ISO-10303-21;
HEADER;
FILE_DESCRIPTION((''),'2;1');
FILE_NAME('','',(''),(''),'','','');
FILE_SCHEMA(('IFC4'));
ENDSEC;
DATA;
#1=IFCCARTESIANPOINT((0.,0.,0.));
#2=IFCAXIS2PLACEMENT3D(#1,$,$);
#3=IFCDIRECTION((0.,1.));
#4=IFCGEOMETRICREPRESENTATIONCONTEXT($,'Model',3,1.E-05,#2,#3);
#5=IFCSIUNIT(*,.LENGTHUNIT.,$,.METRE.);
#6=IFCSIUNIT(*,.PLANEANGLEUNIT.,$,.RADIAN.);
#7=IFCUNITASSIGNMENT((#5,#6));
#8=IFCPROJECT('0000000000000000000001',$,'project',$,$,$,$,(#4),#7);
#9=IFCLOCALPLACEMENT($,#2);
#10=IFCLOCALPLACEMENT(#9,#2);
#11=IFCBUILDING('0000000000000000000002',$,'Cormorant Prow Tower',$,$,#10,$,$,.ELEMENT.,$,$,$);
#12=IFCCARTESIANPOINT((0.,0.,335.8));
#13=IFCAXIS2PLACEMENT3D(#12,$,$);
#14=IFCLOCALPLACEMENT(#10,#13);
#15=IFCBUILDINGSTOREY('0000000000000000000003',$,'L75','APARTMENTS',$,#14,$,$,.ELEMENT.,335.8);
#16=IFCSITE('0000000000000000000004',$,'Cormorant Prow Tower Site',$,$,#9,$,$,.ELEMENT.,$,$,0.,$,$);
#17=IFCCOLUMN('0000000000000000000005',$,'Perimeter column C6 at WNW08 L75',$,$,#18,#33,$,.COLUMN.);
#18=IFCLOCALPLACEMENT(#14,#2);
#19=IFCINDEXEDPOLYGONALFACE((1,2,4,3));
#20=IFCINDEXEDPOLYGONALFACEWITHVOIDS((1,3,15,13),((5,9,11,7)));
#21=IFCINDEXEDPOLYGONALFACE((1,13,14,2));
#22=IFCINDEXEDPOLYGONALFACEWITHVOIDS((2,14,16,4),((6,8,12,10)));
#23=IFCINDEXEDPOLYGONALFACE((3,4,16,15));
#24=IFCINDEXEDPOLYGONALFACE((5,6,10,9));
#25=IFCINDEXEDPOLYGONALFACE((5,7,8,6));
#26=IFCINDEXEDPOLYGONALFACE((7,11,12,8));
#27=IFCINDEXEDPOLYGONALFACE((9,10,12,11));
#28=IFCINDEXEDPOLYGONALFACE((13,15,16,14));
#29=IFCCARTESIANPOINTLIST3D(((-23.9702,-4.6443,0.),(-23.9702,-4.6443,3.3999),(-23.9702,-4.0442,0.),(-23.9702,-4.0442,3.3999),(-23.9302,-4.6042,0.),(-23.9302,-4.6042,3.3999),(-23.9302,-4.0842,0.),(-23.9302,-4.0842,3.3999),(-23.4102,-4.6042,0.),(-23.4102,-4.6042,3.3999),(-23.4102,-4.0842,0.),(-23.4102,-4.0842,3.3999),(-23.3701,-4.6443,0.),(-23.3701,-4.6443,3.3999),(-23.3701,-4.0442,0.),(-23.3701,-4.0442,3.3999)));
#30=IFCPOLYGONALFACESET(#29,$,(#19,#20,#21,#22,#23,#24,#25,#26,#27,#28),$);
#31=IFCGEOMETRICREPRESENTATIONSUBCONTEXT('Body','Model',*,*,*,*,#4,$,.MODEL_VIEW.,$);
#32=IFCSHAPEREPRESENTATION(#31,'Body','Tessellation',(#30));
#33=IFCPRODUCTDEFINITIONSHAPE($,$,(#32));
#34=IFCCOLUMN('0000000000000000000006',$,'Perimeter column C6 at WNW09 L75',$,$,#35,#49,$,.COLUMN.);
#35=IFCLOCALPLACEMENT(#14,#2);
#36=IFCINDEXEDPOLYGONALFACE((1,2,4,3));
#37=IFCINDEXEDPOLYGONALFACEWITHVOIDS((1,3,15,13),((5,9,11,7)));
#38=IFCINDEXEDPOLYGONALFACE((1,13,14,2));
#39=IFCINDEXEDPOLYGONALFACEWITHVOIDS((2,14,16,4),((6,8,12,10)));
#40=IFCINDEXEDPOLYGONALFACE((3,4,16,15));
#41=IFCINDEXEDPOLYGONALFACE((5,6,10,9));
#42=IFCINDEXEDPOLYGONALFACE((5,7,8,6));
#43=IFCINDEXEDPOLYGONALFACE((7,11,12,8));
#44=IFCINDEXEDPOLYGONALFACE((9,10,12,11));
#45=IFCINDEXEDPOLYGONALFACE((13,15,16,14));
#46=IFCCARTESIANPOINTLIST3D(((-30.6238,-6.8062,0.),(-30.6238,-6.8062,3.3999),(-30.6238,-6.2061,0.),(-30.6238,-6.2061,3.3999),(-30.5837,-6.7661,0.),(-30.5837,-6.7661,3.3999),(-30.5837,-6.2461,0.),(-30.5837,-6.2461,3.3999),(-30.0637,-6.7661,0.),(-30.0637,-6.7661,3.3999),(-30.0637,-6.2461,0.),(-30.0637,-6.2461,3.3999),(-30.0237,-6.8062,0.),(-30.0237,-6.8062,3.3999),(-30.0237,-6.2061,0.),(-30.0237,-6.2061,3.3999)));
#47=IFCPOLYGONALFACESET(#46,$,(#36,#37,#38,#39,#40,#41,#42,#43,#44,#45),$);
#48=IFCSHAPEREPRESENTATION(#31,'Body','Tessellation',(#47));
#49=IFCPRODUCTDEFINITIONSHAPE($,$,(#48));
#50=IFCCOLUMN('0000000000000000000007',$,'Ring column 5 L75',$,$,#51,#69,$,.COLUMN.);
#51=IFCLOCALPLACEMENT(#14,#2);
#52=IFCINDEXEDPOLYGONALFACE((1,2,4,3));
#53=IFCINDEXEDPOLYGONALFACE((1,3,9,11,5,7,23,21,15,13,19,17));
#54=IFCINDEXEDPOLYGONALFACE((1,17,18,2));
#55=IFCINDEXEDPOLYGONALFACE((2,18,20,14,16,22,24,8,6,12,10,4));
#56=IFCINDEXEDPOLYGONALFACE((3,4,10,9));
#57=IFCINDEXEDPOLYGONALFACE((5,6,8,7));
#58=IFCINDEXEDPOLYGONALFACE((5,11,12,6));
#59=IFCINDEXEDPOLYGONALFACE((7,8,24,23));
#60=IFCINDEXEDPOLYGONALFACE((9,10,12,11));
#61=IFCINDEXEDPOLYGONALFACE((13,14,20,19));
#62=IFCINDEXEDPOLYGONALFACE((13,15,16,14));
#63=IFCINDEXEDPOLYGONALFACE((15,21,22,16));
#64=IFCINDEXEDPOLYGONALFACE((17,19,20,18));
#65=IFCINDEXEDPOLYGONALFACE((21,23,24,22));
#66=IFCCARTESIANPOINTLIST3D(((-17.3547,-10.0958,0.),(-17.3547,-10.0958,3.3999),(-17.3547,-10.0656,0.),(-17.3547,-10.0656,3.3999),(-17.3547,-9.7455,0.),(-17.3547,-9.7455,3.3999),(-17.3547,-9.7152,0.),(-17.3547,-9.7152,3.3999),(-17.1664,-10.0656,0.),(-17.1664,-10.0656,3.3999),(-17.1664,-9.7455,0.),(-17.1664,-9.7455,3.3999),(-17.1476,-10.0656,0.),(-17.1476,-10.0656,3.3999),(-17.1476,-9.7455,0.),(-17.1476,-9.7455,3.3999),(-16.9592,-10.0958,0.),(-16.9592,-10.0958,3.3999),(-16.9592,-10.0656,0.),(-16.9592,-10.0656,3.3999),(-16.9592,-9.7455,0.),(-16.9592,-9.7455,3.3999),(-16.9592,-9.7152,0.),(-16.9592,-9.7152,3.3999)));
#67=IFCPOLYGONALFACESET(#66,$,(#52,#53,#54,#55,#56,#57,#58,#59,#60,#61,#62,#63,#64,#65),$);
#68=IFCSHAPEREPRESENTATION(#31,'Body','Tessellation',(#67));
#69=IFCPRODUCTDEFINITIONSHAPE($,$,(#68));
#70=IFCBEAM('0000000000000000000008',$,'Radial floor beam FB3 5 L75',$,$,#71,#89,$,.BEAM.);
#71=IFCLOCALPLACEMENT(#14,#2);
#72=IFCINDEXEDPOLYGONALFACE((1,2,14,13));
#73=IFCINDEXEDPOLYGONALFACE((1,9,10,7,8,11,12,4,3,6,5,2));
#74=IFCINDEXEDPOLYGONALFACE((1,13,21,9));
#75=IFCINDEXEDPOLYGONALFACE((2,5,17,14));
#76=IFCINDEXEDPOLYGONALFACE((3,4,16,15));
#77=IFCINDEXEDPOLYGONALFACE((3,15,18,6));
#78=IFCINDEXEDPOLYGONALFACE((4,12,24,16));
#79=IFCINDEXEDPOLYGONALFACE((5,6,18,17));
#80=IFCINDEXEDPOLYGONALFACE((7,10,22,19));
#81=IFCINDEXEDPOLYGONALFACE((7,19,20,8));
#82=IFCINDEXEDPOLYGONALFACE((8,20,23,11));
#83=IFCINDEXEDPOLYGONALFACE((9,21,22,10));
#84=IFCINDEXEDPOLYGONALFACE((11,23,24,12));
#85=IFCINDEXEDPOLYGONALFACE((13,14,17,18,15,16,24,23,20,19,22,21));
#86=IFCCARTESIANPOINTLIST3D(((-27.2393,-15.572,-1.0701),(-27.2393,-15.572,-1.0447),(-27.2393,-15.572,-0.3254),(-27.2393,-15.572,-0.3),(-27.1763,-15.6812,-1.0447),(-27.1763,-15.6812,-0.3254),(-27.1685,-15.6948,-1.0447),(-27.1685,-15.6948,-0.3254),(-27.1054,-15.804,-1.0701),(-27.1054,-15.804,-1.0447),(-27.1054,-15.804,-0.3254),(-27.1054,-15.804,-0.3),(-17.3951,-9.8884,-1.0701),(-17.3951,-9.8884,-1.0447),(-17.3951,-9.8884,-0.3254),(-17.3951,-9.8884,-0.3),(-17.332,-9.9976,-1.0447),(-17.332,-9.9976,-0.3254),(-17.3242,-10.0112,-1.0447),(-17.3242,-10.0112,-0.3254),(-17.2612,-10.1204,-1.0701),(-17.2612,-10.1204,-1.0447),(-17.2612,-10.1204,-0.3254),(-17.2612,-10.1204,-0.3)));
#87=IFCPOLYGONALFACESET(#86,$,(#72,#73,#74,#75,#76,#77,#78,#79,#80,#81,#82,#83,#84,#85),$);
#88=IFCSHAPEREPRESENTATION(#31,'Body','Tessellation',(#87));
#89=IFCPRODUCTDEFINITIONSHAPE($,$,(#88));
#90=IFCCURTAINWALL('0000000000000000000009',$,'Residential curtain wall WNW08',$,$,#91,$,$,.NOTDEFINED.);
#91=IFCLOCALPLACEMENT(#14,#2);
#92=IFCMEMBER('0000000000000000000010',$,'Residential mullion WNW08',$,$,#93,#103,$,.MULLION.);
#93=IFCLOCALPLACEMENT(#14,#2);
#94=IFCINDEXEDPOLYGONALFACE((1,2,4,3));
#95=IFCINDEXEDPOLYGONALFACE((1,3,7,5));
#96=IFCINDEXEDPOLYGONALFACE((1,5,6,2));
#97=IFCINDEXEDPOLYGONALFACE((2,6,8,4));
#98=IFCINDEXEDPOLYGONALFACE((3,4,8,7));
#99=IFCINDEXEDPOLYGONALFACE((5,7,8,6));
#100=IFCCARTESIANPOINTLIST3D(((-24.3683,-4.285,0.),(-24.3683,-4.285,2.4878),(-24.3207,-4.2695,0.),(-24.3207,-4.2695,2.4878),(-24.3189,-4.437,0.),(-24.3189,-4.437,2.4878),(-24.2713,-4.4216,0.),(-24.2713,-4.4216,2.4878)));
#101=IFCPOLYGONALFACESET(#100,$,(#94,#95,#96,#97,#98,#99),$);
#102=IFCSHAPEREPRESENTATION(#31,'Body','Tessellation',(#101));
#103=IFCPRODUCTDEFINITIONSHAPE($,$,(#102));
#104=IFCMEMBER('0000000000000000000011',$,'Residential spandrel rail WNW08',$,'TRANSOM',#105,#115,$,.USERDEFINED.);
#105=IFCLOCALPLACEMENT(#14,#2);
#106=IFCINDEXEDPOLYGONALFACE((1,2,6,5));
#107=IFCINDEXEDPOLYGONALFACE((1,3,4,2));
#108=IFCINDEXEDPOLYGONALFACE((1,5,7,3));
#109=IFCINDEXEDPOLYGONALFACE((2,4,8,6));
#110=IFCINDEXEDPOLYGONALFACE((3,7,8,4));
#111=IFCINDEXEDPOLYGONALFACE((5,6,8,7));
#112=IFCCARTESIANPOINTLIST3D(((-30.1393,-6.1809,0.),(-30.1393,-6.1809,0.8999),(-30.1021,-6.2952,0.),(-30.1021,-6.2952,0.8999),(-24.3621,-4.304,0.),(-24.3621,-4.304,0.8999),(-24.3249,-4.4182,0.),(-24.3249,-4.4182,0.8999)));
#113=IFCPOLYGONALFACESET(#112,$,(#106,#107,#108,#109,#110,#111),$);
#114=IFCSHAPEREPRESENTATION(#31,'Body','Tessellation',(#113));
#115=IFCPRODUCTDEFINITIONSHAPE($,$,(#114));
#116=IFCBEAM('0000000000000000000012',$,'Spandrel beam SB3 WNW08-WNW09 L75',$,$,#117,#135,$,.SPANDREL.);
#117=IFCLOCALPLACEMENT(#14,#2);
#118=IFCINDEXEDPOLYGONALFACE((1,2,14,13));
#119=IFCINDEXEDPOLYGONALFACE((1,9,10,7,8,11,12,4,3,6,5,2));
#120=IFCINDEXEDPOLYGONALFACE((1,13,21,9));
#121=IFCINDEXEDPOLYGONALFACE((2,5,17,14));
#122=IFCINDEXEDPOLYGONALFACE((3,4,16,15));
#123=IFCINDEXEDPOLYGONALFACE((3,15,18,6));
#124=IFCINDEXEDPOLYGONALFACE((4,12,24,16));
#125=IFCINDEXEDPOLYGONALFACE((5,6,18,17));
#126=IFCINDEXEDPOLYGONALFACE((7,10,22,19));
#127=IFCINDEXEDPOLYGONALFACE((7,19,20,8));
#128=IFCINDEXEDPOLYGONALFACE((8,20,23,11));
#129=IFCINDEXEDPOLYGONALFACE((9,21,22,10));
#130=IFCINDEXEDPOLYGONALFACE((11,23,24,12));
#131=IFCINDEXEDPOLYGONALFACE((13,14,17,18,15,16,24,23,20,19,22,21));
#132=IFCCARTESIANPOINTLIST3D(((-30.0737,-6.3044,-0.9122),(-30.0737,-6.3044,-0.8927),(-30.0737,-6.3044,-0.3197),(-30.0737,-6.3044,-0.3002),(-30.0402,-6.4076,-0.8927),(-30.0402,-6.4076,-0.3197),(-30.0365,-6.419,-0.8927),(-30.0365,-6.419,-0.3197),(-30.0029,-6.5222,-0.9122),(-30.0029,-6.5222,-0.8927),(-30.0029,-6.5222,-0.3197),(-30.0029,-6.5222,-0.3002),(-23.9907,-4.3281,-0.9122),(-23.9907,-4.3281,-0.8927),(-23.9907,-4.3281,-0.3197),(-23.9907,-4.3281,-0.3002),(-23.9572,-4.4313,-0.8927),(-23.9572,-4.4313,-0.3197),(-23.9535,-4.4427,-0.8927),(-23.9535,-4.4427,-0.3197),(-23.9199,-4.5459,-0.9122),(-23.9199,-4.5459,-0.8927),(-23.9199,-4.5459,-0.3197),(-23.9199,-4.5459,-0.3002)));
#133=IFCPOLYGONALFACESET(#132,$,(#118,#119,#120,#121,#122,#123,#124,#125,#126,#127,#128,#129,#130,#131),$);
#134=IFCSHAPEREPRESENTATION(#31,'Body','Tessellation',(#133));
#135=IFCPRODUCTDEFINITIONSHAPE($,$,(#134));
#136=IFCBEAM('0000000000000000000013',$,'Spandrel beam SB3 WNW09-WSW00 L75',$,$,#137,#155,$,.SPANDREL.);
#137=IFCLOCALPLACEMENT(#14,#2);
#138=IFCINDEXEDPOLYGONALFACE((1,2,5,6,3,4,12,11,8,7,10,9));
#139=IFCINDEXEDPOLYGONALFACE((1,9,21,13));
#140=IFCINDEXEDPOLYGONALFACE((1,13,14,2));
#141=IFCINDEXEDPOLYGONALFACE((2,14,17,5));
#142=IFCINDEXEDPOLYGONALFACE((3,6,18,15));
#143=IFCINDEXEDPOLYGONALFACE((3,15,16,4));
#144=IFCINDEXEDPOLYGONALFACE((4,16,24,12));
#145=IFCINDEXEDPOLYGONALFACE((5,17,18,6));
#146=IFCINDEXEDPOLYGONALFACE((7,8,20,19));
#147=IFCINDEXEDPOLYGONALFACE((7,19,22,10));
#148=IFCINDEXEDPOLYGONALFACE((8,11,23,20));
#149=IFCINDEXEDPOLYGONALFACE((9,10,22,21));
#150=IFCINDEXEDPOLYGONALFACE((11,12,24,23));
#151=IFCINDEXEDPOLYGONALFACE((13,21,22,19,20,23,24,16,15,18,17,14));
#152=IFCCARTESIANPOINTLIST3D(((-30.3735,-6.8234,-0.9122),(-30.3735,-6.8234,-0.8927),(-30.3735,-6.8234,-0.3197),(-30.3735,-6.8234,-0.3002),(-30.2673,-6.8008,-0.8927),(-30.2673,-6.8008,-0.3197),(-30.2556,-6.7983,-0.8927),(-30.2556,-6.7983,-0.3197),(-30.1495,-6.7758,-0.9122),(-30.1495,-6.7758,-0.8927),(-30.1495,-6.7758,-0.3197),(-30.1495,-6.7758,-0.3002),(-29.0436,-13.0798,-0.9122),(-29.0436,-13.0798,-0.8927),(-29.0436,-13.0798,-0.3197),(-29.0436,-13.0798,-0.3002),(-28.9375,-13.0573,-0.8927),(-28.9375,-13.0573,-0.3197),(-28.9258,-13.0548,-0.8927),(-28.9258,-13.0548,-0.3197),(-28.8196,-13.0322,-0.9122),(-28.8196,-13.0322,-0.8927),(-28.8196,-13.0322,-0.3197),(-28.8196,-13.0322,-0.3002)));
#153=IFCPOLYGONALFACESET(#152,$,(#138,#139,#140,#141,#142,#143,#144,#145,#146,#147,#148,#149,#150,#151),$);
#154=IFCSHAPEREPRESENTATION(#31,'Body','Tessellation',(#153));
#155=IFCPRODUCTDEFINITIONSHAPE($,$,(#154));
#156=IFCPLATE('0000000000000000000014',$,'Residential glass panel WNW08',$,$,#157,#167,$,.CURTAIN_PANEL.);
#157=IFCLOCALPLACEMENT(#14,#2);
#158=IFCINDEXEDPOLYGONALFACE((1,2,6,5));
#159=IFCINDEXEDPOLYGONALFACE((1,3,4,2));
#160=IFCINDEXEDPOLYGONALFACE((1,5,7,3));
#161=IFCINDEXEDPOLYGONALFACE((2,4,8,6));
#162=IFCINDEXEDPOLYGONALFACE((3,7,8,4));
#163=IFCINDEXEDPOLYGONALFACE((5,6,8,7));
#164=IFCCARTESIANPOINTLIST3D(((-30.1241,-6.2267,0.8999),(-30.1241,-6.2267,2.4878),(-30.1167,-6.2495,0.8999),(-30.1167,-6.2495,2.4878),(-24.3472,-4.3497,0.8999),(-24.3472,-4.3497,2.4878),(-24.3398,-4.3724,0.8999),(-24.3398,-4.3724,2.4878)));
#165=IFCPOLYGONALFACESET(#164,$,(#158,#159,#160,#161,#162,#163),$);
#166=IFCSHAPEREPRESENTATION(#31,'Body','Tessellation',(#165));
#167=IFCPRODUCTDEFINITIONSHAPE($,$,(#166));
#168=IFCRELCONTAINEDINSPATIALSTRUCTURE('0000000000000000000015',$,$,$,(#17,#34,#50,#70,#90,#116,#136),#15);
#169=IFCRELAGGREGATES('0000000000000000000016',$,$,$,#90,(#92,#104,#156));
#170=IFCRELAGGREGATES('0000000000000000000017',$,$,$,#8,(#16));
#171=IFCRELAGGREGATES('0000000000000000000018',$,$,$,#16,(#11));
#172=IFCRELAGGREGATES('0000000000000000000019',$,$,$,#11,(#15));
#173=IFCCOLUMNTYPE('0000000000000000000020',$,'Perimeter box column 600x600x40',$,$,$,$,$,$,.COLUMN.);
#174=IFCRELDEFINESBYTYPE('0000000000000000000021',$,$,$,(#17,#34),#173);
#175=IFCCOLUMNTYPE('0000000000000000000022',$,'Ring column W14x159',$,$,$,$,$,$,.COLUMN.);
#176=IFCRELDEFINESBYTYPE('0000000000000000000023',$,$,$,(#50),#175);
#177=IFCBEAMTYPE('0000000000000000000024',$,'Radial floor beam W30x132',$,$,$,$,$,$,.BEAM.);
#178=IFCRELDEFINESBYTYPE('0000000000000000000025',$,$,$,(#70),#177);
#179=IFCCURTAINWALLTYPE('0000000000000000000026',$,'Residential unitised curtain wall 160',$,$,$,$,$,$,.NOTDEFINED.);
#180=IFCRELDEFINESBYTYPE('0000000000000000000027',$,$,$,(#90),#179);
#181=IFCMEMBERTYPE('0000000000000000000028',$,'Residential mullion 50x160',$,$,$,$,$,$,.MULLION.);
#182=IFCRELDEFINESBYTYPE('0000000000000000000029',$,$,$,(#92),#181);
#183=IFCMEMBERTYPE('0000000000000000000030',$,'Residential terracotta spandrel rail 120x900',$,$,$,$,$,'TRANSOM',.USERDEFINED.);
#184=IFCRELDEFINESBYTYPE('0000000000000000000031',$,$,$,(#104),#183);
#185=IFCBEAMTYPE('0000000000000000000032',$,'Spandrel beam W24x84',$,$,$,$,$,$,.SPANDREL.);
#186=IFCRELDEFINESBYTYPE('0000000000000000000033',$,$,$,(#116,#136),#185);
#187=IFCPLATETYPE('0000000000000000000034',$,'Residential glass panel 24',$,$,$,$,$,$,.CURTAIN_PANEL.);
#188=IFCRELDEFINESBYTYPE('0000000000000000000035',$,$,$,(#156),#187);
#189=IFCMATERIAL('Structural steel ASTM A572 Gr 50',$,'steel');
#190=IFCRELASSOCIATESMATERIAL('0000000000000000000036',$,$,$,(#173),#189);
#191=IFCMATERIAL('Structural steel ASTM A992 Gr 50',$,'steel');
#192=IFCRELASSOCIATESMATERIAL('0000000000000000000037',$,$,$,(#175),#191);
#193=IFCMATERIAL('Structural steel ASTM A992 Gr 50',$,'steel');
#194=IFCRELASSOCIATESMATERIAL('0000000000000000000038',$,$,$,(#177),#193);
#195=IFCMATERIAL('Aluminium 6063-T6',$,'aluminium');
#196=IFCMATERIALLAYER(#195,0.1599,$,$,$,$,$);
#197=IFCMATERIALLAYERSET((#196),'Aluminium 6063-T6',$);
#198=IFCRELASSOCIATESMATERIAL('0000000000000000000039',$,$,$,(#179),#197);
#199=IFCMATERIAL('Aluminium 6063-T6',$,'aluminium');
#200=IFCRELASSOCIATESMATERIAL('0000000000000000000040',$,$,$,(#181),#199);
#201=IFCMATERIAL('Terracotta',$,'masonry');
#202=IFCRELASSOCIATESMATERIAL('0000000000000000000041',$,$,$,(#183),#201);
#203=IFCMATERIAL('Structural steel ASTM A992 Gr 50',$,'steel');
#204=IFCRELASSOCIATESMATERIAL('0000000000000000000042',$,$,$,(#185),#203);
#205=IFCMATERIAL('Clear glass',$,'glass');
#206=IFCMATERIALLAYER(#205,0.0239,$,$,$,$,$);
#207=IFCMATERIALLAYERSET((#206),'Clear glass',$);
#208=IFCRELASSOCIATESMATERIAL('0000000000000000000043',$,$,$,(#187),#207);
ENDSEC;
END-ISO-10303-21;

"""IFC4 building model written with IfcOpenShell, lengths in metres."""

from ifc_helpers import new_model, si_unit, direction, frame, origin, origin_2d, place, context, subcontext, project, spatial, rectangle, hollow_rectangle, i_section, extrude, material, layer, layer_set, material_profile, profile_set, type_object, element, aggregate, save


model = new_model("IFC4")

# Units and contexts
model_context = context("Model", 3, precision=1e-05, world=origin(), true_north=direction((0.0, 1.0)))
body_context = subcontext(model_context, "Body", "Model", "MODEL_VIEW")
ifc_project = project(units=[si_unit("LENGTHUNIT", "METRE"), si_unit("PLANEANGLEUNIT", "RADIAN")], contexts=[model_context])

# Site, building, storey
site_placement = place(None, origin())
site = spatial("IfcSite", under=ifc_project, at=site_placement, Name="Cormorant Prow Tower Site", CompositionType="ELEMENT", RefElevation=0.0)
building_placement = place(site_placement, origin())
building = spatial("IfcBuilding", under=site, at=building_placement, Name="Cormorant Prow Tower", CompositionType="ELEMENT")
storey_placement = place(building_placement, frame((0.0, 0.0, 335.8)))
storey = spatial("IfcBuildingStorey", under=building, at=storey_placement, Name="L75", Description="APARTMENTS", CompositionType="ELEMENT", Elevation=335.8)

# Columns
ifc_material_1 = material(Name="Structural steel ASTM A572 Gr 50", Category="steel")
ifc_material_profile_1 = material_profile(ifc_material_1, hollow_rectangle(XDim=0.6001, YDim=0.6001, WallThickness=0.04, at=origin_2d()), Name="Box 600x600x40")
ifc_profile_set_1 = profile_set([ifc_material_profile_1], Name="Structural steel ASTM A572 Gr 50")
column_type_1 = type_object("IfcColumnType", Name="Perimeter box column 600x600x40", PredefinedType="COLUMN", material=ifc_profile_set_1)
for number, where, z_axis, x_axis, name in (
    (1, (-23.6702, -4.3442, 0.0), (0.0, 0.0, 1.0), (1.0, 0.0, 0.0), "Perimeter column C6 at WNW08 L75"),
    (2, (-30.3237, -6.5061, 0.0), (0.0, 0.0, 1.0), (1.0, 0.0, 0.0), "Perimeter column C6 at WNW09 L75"),
):
    element("IfcColumn", number, at=place(storey_placement, frame(where, z_axis=z_axis, x_axis=x_axis)), inside=storey, type_object=column_type_1, Name=name, PredefinedType="COLUMN", context=body_context, shape_type="SweptSolid", body=[
        extrude(hollow_rectangle(XDim=0.6001, YDim=0.6001, WallThickness=0.04, at=origin_2d()), origin(), (0.0, 0.0, 1.0), 3.3999),
    ])
ifc_material_2 = material(Name="Structural steel ASTM A992 Gr 50", Category="steel")
ifc_material_profile_2 = material_profile(ifc_material_2, i_section(OverallWidth=0.3955, OverallDepth=0.3806, WebThickness=0.0188, FlangeThickness=0.0303, at=origin_2d()), Name="W14x159")
ifc_profile_set_2 = profile_set([ifc_material_profile_2], Name="Structural steel ASTM A992 Gr 50")
column_type_2 = type_object("IfcColumnType", Name="Ring column W14x159", PredefinedType="COLUMN", material=ifc_profile_set_2)
column_placement = place(storey_placement, frame((-17.157, -9.9055, 0.0), z_axis=(0.0, 0.0, 1.0), x_axis=(1.0, 0.0, 0.0)))
element("IfcColumn", 3, at=column_placement, inside=storey, type_object=column_type_2, Name="Ring column 5 L75", PredefinedType="COLUMN", context=body_context, shape_type="SweptSolid", body=[
    extrude(i_section(OverallWidth=0.3955, OverallDepth=0.3806, WebThickness=0.0188, FlangeThickness=0.0303, at=origin_2d()), origin(), (0.0, 0.0, 1.0), 3.3999),
])

# Beam
ifc_material_3 = material(Name="Structural steel ASTM A992 Gr 50", Category="steel")
ifc_material_profile_3 = material_profile(ifc_material_3, i_section(OverallWidth=0.2678, OverallDepth=0.77, WebThickness=0.0156, FlangeThickness=0.0254, at=origin_2d()), Name="W30x132")
ifc_profile_set_3 = profile_set([ifc_material_profile_3], Name="Structural steel ASTM A992 Gr 50")
beam_type_1 = type_object("IfcBeamType", Name="Radial floor beam W30x132", PredefinedType="BEAM", material=ifc_profile_set_3)
beam_1_placement = place(storey_placement, frame((-17.3281, -10.0044, -0.6851), z_axis=(-0.866025, -0.500001, 0.0), x_axis=(0.500001, -0.866025, 0.0)))
element("IfcBeam", 4, at=beam_1_placement, inside=storey, type_object=beam_type_1, Name="Radial floor beam FB3 5 L75", PredefinedType="BEAM", context=body_context, shape_type="SweptSolid", body=[
    extrude(i_section(OverallWidth=0.2678, OverallDepth=0.77, WebThickness=0.0156, FlangeThickness=0.0254, at=origin_2d()), origin(), (0.0, 0.0, 1.0), 11.3672),
])

# Curtain wall, members
ifc_material_4 = material(Name="Aluminium 6063-T6", Category="aluminium")
ifc_layer_1 = layer(ifc_material_4, 0.1599)
ifc_layer_set_1 = layer_set([ifc_layer_1], Name="Aluminium 6063-T6")
curtain_wall_type = type_object("IfcCurtainWallType", Name="Residential unitised curtain wall 160", PredefinedType="NOTDEFINED", material=ifc_layer_set_1)
curtain_wall_placement = place(storey_placement, origin())
curtain_wall = element("IfcCurtainWall", 5, at=curtain_wall_placement, inside=storey, type_object=curtain_wall_type, Name="Residential curtain wall WNW08", PredefinedType="NOTDEFINED")
ifc_material_5 = material(Name="Aluminium 6063-T6", Category="aluminium")
ifc_material_profile_4 = material_profile(ifc_material_5, rectangle(XDim=0.1599, YDim=0.05, at=origin_2d()), Name="Residential mullion 50x160")
ifc_profile_set_4 = profile_set([ifc_material_profile_4], Name="Aluminium 6063-T6")
member_type_1 = type_object("IfcMemberType", Name="Residential mullion 50x160", PredefinedType="MULLION", material=ifc_profile_set_4)
member_1_placement = place(storey_placement, frame((-24.3198, -4.3533, 0.0), z_axis=(0.0, 0.0, 1.0), x_axis=(0.309017, -0.951057, 0.0)))
member_1 = element("IfcMember", 6, at=member_1_placement, type_object=member_type_1, Name="Residential mullion WNW08", PredefinedType="MULLION", context=body_context, shape_type="SweptSolid", body=[
    extrude(rectangle(XDim=0.1599, YDim=0.05, at=origin_2d()), origin(), (0.0, 0.0, 1.0), 2.4878),
])
ifc_material_6 = material(Name="Terracotta", Category="masonry")
ifc_material_profile_5 = material_profile(ifc_material_6, rectangle(XDim=0.1201, YDim=0.8999, at=origin_2d()), Name="Residential terracotta spandrel rail 120x900")
ifc_profile_set_5 = profile_set([ifc_material_profile_5], Name="Terracotta")
member_type_2 = type_object("IfcMemberType", Name="Residential terracotta spandrel rail 120x900", ElementType="TRANSOM", PredefinedType="USERDEFINED", material=ifc_profile_set_5)
member_2_placement = place(storey_placement, frame((-24.3435, -4.3611, 0.45), z_axis=(-0.951063, -0.308996, 0.0), x_axis=(0.308996, -0.951063, 0.0)))
member_2 = element("IfcMember", 7, at=member_2_placement, type_object=member_type_2, Name="Residential spandrel rail WNW08", ObjectType="TRANSOM", PredefinedType="USERDEFINED", context=body_context, shape_type="SweptSolid", body=[
    extrude(rectangle(XDim=0.1201, YDim=0.8999, at=origin_2d()), origin(), (0.0, 0.0, 1.0), 6.0745),
])

# Beams
ifc_material_7 = material(Name="Structural steel ASTM A992 Gr 50", Category="steel")
ifc_material_profile_6 = material_profile(ifc_material_7, i_section(OverallWidth=0.229, OverallDepth=0.6121, WebThickness=0.012, FlangeThickness=0.0195, at=origin_2d()), Name="W24x84")
ifc_profile_set_6 = profile_set([ifc_material_profile_6], Name="Structural steel ASTM A992 Gr 50")
beam_type_2 = type_object("IfcBeamType", Name="Spandrel beam W24x84", PredefinedType="SPANDREL", material=ifc_profile_set_6)
beam_2_placement = place(storey_placement, frame((-23.9553, -4.437, -0.6062), z_axis=(-0.951064, -0.308993, 0.0), x_axis=(0.308993, -0.951064, 0.0)))
element("IfcBeam", 8, at=beam_2_placement, inside=storey, type_object=beam_type_2, Name="Spandrel beam SB3 WNW08-WNW09 L75", PredefinedType="SPANDREL", context=body_context, shape_type="SweptSolid", body=[
    extrude(i_section(OverallWidth=0.229, OverallDepth=0.6121, WebThickness=0.012, FlangeThickness=0.0195, at=origin_2d()), origin(), (0.0, 0.0, 1.0), 6.396),
])
beam_3_placement = place(storey_placement, frame((-30.2615, -6.7996, -0.6062), z_axis=(0.207913, -0.978147, 0.0), x_axis=(0.978147, 0.207913, 0.0)))
element("IfcBeam", 9, at=beam_3_placement, inside=storey, type_object=beam_type_2, Name="Spandrel beam SB3 WNW09-WSW00 L75", PredefinedType="SPANDREL", context=body_context, shape_type="SweptSolid", body=[
    extrude(i_section(OverallWidth=0.229, OverallDepth=0.6121, WebThickness=0.012, FlangeThickness=0.0195, at=origin_2d()), origin(), (0.0, 0.0, 1.0), 6.3962),
])

# Plate
ifc_material_8 = material(Name="Clear glass", Category="glass")
ifc_layer_2 = layer(ifc_material_8, 0.0239)
ifc_layer_set_2 = layer_set([ifc_layer_2], Name="Clear glass")
plate_type = type_object("IfcPlateType", Name="Residential glass panel 24", PredefinedType="CURTAIN_PANEL", material=ifc_layer_set_2)
plate_placement = place(storey_placement, frame((-27.2319, -5.2996, 0.8999), z_axis=(0.0, 0.0, 1.0), x_axis=(-0.951057, -0.309017, 0.0)))
plate = element("IfcPlate", 10, at=plate_placement, type_object=plate_type, Name="Residential glass panel WNW08", PredefinedType="CURTAIN_PANEL", context=body_context, shape_type="SweptSolid", body=[
    extrude(rectangle(XDim=6.0742, YDim=0.0239, at=origin_2d()), origin(), (0.0, 0.0, 1.0), 1.5879),
])
aggregate(curtain_wall, [member_1, member_2, plate])

save(model, "model.ifc")
